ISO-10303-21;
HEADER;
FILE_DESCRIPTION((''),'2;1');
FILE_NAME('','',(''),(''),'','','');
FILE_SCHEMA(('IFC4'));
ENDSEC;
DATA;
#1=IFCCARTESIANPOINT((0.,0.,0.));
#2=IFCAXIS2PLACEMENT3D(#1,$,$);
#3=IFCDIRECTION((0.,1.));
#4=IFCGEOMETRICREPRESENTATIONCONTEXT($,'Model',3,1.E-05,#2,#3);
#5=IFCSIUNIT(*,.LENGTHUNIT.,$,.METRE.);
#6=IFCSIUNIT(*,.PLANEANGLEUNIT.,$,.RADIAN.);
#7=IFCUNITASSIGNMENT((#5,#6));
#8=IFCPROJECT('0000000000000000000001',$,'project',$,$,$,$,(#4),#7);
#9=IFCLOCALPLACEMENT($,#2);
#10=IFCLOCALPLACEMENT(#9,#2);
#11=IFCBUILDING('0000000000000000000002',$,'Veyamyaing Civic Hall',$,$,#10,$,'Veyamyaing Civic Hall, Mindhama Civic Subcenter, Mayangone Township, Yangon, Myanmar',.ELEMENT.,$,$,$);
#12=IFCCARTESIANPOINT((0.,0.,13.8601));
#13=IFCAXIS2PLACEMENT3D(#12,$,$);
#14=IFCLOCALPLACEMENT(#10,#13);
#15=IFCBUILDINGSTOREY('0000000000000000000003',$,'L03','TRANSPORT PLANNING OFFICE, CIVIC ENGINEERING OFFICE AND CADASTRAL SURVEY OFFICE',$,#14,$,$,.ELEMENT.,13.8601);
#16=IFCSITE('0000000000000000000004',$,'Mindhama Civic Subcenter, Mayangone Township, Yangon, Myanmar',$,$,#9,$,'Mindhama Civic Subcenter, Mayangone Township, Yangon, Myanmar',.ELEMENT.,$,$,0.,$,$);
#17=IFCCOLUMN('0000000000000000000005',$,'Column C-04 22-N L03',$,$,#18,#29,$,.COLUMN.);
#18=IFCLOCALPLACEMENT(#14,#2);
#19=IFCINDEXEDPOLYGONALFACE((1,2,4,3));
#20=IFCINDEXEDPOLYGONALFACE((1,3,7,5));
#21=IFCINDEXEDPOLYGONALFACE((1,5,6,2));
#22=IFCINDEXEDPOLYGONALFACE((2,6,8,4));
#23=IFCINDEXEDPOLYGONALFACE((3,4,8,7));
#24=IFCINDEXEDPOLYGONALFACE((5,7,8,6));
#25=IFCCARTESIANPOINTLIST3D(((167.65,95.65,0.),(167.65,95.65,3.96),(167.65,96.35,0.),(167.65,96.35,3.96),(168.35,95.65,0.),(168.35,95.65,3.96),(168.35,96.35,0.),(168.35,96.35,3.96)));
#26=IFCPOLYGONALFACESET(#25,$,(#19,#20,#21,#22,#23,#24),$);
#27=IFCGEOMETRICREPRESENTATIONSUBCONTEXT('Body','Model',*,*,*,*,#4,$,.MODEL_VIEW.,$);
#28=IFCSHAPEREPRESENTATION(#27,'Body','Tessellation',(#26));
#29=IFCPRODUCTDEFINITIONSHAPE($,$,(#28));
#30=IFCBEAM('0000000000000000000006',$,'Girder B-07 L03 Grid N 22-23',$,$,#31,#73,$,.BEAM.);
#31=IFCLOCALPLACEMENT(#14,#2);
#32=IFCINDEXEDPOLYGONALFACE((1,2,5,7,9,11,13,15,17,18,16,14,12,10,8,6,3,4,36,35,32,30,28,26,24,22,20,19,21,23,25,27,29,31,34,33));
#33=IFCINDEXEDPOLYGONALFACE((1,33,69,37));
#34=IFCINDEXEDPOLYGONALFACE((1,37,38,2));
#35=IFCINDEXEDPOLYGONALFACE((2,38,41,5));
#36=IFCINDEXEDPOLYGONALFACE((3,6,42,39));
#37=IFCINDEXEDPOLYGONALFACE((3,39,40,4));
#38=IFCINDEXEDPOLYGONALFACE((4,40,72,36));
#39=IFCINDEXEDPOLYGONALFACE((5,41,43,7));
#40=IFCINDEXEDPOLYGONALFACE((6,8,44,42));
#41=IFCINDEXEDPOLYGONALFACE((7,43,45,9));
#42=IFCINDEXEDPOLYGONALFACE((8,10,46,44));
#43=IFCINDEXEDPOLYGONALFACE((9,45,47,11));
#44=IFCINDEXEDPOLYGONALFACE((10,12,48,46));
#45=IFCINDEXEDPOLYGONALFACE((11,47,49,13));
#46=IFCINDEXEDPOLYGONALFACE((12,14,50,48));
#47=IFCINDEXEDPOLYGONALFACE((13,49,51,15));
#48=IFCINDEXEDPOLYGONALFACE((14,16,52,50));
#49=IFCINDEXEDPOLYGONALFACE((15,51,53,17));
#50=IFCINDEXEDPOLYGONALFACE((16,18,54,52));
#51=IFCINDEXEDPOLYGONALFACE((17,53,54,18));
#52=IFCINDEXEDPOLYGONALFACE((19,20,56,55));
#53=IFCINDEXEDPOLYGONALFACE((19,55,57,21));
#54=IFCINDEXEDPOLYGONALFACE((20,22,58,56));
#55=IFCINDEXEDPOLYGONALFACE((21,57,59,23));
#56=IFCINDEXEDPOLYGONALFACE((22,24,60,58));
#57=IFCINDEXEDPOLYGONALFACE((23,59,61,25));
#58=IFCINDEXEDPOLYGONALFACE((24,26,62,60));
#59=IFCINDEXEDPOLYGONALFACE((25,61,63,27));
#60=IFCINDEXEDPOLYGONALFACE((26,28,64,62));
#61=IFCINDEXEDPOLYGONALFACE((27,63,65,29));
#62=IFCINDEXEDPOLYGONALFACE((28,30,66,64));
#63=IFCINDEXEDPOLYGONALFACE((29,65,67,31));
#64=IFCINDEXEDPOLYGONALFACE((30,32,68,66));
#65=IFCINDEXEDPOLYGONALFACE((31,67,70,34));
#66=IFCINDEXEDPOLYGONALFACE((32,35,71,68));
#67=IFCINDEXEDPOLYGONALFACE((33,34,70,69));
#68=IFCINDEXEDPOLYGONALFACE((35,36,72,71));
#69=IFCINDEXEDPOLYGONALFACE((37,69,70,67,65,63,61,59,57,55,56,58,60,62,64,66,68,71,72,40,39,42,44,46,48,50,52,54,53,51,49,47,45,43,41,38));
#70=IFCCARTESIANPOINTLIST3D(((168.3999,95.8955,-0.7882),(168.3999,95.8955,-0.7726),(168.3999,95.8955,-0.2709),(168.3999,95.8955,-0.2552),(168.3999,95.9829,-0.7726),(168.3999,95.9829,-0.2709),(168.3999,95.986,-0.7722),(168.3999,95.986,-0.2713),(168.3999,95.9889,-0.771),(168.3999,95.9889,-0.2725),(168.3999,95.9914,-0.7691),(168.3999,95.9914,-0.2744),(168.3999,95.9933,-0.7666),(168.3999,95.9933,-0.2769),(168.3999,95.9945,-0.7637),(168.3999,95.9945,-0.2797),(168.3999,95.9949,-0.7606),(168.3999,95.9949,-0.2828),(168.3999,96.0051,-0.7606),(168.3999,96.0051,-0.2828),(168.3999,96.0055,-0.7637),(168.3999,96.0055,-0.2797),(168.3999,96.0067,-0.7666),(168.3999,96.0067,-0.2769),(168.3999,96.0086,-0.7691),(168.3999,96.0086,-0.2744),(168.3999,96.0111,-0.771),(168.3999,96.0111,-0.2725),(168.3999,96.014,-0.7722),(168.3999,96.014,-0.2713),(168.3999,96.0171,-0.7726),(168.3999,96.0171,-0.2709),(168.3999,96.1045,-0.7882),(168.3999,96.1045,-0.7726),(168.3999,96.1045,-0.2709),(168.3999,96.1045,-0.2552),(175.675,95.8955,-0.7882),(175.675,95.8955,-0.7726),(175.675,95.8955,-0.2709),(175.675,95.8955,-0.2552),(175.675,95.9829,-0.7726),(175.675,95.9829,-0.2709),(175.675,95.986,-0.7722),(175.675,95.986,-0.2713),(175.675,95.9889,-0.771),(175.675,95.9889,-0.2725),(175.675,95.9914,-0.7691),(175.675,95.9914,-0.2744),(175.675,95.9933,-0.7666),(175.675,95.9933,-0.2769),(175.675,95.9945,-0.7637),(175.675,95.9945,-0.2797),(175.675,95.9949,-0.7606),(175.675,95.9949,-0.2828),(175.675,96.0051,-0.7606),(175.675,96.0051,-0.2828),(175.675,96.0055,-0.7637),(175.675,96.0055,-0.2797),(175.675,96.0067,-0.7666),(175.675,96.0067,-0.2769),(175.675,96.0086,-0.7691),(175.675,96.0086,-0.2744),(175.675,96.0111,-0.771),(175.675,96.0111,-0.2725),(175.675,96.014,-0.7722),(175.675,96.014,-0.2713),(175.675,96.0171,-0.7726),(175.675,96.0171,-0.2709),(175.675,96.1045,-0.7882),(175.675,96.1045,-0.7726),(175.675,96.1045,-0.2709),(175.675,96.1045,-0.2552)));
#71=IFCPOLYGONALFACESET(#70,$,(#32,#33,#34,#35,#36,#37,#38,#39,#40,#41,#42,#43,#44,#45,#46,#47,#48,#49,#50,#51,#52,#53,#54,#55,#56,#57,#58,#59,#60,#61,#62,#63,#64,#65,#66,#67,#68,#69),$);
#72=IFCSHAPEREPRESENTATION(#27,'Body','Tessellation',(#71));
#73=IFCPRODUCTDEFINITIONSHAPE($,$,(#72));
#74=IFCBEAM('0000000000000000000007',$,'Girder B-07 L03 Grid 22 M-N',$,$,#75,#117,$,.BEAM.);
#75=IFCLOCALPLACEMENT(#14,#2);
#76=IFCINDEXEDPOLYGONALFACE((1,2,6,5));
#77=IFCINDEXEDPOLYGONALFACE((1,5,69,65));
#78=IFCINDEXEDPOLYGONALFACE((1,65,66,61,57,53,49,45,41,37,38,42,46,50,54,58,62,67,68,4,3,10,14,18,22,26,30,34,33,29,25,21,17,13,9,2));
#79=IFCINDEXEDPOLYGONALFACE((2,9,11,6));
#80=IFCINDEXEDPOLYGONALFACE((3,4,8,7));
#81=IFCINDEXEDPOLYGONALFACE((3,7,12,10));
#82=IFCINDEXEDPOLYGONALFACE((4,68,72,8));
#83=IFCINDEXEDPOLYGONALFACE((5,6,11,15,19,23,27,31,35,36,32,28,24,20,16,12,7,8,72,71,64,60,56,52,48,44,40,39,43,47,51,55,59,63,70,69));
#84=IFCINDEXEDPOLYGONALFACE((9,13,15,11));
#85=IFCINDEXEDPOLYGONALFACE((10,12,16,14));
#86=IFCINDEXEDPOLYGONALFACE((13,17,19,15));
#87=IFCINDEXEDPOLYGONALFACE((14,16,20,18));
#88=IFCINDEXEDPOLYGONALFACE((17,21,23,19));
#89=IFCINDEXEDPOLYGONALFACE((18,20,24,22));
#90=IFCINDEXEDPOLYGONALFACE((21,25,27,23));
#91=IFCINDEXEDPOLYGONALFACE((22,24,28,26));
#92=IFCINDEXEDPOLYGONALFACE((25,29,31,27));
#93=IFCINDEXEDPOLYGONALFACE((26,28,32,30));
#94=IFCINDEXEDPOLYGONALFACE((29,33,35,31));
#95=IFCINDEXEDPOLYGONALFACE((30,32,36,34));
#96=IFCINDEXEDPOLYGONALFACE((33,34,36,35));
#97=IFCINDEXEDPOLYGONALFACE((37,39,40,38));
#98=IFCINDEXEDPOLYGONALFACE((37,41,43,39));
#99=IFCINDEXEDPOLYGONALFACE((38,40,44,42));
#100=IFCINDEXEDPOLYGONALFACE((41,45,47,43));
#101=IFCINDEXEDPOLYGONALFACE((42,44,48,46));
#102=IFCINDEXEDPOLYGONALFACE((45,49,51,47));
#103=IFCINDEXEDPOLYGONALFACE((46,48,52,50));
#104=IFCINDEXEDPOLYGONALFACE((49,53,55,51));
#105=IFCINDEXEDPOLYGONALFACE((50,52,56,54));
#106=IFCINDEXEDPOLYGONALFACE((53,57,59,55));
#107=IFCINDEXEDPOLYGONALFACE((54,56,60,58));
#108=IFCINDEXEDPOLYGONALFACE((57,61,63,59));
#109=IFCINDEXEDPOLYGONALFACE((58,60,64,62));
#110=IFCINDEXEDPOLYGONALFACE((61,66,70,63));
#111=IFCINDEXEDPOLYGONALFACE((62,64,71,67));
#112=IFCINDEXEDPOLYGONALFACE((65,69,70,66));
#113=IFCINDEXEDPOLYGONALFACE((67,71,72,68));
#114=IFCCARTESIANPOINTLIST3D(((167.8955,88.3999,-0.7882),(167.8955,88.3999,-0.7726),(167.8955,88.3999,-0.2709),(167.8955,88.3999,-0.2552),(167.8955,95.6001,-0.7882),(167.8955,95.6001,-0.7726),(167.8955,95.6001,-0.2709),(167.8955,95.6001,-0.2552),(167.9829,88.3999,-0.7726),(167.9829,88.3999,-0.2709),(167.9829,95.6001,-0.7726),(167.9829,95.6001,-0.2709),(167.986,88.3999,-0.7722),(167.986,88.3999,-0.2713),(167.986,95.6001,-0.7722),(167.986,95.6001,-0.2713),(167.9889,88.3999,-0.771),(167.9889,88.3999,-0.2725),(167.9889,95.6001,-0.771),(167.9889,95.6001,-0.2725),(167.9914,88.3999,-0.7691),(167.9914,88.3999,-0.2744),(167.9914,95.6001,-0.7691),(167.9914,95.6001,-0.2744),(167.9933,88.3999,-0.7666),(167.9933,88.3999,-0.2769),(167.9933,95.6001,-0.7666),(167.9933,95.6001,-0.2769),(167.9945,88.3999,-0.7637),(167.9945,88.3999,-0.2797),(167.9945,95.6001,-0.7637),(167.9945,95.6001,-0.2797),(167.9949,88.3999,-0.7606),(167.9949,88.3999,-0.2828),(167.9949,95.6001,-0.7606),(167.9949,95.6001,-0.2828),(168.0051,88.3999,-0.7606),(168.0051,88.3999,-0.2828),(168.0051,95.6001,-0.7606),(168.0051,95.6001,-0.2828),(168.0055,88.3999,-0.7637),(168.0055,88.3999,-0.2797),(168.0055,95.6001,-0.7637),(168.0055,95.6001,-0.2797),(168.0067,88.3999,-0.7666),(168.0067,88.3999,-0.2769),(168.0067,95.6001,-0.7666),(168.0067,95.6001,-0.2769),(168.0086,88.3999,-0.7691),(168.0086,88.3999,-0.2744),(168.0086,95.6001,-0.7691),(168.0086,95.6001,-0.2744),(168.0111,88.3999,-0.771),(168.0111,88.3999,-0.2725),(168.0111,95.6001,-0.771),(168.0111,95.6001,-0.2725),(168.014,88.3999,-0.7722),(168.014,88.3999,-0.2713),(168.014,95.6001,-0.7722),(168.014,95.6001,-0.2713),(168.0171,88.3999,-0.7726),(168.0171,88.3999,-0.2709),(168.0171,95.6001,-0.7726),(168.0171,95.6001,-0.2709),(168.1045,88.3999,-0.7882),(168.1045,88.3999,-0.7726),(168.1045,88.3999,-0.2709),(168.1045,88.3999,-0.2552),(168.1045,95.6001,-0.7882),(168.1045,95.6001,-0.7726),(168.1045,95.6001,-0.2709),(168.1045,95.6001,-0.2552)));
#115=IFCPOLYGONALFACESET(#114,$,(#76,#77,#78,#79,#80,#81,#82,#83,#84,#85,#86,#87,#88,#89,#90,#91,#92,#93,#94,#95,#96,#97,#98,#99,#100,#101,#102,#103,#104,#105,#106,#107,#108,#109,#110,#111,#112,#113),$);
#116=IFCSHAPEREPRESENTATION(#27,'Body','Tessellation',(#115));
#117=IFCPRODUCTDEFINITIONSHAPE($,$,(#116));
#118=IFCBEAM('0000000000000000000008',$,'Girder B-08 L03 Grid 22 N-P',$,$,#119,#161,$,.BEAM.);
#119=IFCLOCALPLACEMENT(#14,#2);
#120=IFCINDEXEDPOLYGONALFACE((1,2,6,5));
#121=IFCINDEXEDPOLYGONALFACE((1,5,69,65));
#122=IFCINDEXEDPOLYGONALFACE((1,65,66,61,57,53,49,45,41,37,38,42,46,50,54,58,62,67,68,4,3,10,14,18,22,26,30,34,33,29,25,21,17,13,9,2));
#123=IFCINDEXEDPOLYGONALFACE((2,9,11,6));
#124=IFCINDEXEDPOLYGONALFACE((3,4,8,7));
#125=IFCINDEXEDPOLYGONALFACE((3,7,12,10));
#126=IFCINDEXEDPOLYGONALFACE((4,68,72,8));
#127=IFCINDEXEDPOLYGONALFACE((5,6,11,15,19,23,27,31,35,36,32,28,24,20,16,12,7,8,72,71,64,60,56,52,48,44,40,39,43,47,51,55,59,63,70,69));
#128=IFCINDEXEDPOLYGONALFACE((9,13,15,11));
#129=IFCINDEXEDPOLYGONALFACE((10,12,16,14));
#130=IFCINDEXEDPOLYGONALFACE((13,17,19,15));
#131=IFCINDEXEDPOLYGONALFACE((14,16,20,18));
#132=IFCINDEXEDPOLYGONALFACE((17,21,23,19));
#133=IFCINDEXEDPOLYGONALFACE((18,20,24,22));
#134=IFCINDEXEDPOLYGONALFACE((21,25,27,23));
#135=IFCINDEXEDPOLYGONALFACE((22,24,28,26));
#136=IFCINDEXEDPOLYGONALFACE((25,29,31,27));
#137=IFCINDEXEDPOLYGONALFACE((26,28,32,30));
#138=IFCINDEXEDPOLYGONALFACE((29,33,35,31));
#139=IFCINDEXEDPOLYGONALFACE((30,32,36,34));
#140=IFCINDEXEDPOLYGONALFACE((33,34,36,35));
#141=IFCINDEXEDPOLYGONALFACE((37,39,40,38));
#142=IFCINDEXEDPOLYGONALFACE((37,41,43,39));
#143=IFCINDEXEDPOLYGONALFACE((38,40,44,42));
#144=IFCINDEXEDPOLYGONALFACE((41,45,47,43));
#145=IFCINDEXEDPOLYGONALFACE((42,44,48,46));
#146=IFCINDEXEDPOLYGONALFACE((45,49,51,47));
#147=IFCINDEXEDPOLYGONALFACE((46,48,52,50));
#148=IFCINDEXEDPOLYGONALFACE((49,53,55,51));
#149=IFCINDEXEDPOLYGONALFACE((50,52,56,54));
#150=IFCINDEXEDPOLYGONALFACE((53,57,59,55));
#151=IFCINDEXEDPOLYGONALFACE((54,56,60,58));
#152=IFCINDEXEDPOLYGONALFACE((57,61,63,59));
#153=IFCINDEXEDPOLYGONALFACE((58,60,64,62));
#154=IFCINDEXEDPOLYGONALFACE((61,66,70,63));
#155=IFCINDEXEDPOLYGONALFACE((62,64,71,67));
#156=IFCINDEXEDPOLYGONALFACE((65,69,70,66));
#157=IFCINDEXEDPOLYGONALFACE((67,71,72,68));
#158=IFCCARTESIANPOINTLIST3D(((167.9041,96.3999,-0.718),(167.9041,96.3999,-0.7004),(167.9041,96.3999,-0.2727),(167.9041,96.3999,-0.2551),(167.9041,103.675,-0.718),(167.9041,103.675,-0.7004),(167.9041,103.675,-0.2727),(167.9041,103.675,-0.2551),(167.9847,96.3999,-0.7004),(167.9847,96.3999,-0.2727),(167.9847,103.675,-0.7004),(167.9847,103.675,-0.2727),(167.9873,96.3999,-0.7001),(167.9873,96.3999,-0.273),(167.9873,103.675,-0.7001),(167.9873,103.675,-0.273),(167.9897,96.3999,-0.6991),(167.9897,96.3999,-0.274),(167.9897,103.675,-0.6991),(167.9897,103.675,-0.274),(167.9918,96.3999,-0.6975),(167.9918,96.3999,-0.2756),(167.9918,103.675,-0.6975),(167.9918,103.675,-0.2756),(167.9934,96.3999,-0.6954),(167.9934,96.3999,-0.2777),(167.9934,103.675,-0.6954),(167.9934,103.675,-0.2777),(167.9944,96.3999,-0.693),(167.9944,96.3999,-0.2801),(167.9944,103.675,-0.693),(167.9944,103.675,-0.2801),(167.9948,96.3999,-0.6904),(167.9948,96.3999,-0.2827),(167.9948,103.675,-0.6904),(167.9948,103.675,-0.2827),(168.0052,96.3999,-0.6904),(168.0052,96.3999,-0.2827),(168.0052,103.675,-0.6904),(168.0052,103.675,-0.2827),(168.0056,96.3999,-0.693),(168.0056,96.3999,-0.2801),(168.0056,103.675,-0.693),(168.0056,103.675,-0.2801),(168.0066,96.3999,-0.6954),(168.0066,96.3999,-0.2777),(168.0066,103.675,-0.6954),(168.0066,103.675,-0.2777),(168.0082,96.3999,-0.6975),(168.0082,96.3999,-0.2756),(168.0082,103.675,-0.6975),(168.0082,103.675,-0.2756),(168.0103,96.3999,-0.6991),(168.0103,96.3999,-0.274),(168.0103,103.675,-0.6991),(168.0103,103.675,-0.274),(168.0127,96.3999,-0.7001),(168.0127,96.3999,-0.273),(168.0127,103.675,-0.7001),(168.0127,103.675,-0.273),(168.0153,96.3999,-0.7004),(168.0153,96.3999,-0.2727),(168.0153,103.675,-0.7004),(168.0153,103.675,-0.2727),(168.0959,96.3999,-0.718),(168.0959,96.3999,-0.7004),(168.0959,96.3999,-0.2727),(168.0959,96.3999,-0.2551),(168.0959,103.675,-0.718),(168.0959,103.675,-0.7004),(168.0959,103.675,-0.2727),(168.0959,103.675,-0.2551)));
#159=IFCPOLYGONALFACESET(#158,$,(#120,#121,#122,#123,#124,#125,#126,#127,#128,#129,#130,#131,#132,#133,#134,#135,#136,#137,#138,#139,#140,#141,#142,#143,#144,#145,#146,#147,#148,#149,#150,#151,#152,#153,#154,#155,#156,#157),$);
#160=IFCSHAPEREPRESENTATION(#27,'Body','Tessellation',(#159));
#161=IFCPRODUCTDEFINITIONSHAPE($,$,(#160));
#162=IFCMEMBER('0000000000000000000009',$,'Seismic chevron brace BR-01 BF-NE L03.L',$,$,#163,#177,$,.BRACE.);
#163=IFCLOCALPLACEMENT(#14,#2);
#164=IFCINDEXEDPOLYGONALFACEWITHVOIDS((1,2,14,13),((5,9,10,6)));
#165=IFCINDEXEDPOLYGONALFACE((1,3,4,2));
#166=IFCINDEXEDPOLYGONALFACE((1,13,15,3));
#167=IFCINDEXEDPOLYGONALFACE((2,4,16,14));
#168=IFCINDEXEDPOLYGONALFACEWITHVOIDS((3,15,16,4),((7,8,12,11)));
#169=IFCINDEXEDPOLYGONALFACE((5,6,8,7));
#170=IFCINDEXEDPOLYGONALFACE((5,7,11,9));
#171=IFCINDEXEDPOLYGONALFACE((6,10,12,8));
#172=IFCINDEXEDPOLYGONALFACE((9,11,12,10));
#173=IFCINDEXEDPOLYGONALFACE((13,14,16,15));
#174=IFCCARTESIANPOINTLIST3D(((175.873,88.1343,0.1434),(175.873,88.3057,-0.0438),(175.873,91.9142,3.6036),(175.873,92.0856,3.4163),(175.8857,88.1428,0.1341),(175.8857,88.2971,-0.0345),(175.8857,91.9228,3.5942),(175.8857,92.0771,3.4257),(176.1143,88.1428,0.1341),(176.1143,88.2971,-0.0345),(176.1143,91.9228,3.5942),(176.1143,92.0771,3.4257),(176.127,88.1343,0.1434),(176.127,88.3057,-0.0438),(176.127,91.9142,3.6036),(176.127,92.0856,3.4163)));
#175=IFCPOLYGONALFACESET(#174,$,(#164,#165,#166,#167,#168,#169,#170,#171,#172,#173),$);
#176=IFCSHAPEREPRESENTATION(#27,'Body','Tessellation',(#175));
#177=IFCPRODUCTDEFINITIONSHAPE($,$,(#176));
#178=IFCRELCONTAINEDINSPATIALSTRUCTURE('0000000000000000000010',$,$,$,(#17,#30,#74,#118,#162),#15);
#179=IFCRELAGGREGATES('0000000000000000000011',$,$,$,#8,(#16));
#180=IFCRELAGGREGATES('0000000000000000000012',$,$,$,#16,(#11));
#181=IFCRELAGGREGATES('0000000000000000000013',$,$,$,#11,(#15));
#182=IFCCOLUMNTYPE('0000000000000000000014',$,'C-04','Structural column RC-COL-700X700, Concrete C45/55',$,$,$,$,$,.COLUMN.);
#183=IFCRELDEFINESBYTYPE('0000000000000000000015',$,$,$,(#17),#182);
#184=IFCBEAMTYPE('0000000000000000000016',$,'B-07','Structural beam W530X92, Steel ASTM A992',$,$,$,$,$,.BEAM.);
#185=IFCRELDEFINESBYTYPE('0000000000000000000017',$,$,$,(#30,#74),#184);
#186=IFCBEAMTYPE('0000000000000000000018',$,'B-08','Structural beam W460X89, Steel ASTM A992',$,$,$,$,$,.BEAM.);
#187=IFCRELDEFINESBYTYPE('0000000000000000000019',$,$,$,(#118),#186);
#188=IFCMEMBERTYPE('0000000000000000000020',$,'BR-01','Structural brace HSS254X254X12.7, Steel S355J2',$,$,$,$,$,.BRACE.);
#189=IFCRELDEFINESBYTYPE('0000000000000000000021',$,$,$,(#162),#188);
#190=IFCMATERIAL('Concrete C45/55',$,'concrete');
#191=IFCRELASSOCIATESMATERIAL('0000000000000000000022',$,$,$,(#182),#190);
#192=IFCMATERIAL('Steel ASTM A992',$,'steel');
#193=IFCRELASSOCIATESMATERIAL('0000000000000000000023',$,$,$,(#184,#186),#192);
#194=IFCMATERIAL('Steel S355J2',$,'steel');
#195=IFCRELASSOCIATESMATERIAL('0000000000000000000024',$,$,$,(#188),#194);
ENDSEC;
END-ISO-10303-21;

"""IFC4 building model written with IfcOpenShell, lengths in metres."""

from ifc_helpers import new_model, si_unit, direction, frame, origin, origin_2d, place, context, subcontext, project, spatial, rectangle, hollow_rectangle, i_section, extrude, material, material_profile, profile_set, type_object, element, save


model = new_model("IFC4")

# Units and contexts
model_context = context("Model", 3, precision=1e-05, world=origin(), true_north=direction((0.0, 1.0)))
body_context = subcontext(model_context, "Body", "Model", "MODEL_VIEW")
ifc_project = project(units=[si_unit("LENGTHUNIT", "METRE"), si_unit("PLANEANGLEUNIT", "RADIAN")], contexts=[model_context])

# Site, building, storey
site_placement = place(None, origin())
site = spatial("IfcSite", under=ifc_project, at=site_placement, Name="Mindhama Civic Subcenter, Mayangone Township, Yangon, Myanmar", LongName="Mindhama Civic Subcenter, Mayangone Township, Yangon, Myanmar", CompositionType="ELEMENT", RefElevation=0.0)
building_placement = place(site_placement, origin())
building = spatial("IfcBuilding", under=site, at=building_placement, Name="Veyamyaing Civic Hall", LongName="Veyamyaing Civic Hall, Mindhama Civic Subcenter, Mayangone Township, Yangon, Myanmar", CompositionType="ELEMENT")
storey_placement = place(building_placement, frame((0.0, 0.0, 13.8601)))
storey = spatial("IfcBuildingStorey", under=building, at=storey_placement, Name="L03", Description="TRANSPORT PLANNING OFFICE, CIVIC ENGINEERING OFFICE AND CADASTRAL SURVEY OFFICE", CompositionType="ELEMENT", Elevation=13.8601)

# Column
ifc_material_1 = material(Name="Concrete C45/55", Category="concrete")
ifc_material_profile_1 = material_profile(ifc_material_1, rectangle(XDim=0.7, YDim=0.7, at=origin_2d()), Name="RC-COL-700X700")
ifc_profile_set_1 = profile_set([ifc_material_profile_1], Name="Concrete C45/55")
column_type = type_object("IfcColumnType", Name="C-04", Description="Structural column RC-COL-700X700, Concrete C45/55", PredefinedType="COLUMN", material=ifc_profile_set_1)
column_placement = place(storey_placement, frame((168.0, 96.0, 0.0), z_axis=(0.0, 0.0, 1.0), x_axis=(1.0, 0.0, 0.0)))
element("IfcColumn", 1, at=column_placement, inside=storey, type_object=column_type, Name="Column C-04 22-N L03", PredefinedType="COLUMN", context=body_context, shape_type="SweptSolid", body=[
    extrude(rectangle(XDim=0.7, YDim=0.7, at=origin_2d()), origin(), (0.0, 0.0, 1.0), 3.96),
])

# Beams
ifc_material_2 = material(Name="Steel ASTM A992", Category="steel")
ifc_material_profile_2 = material_profile(ifc_material_2, i_section(OverallWidth=0.209, OverallDepth=0.533, WebThickness=0.0103, FlangeThickness=0.0156, FilletRadius=0.012, at=origin_2d()), Name="W530X92")
ifc_profile_set_2 = profile_set([ifc_material_profile_2], Name="Steel ASTM A992")
beam_type_1 = type_object("IfcBeamType", Name="B-07", Description="Structural beam W530X92, Steel ASTM A992", PredefinedType="BEAM", material=ifc_profile_set_2)
beam_1_placement = place(storey_placement, frame((168.3999, 96.0, -0.5217), z_axis=(1.0, 0.0, 0.0), x_axis=(0.0, 1.0, 0.0)))
element("IfcBeam", 2, at=beam_1_placement, inside=storey, type_object=beam_type_1, Name="Girder B-07 L03 Grid N 22-23", PredefinedType="BEAM", context=body_context, shape_type="SweptSolid", body=[
    extrude(i_section(OverallWidth=0.209, OverallDepth=0.533, WebThickness=0.0103, FlangeThickness=0.0156, FilletRadius=0.012, at=origin_2d()), origin(), (0.0, 0.0, 1.0), 7.2751),
])
beam_2_placement = place(storey_placement, frame((168.0, 88.3999, -0.5217), z_axis=(0.0, 1.0, 0.0), x_axis=(-1.0, 0.0, 0.0)))
element("IfcBeam", 3, at=beam_2_placement, inside=storey, type_object=beam_type_1, Name="Girder B-07 L03 Grid 22 M-N", PredefinedType="BEAM", context=body_context, shape_type="SweptSolid", body=[
    extrude(i_section(OverallWidth=0.209, OverallDepth=0.533, WebThickness=0.0103, FlangeThickness=0.0156, FilletRadius=0.012, at=origin_2d()), origin(), (0.0, 0.0, 1.0), 7.2002),
])
ifc_material_profile_3 = material_profile(ifc_material_2, i_section(OverallWidth=0.1919, OverallDepth=0.4629, WebThickness=0.0105, FlangeThickness=0.0176, FilletRadius=0.01, at=origin_2d()), Name="W460X89")
ifc_profile_set_3 = profile_set([ifc_material_profile_3], Name="Steel ASTM A992")
beam_type_2 = type_object("IfcBeamType", Name="B-08", Description="Structural beam W460X89, Steel ASTM A992", PredefinedType="BEAM", material=ifc_profile_set_3)
beam_3_placement = place(storey_placement, frame((168.0, 96.3999, -0.4866), z_axis=(0.0, 1.0, 0.0), x_axis=(-1.0, 0.0, 0.0)))
element("IfcBeam", 4, at=beam_3_placement, inside=storey, type_object=beam_type_2, Name="Girder B-08 L03 Grid 22 N-P", PredefinedType="BEAM", context=body_context, shape_type="SweptSolid", body=[
    extrude(i_section(OverallWidth=0.1919, OverallDepth=0.4629, WebThickness=0.0105, FlangeThickness=0.0176, FilletRadius=0.01, at=origin_2d()), origin(), (0.0, 0.0, 1.0), 7.2751),
])

# Member
ifc_material_3 = material(Name="Steel S355J2", Category="steel")
ifc_material_profile_4 = material_profile(ifc_material_3, hollow_rectangle(XDim=0.2539, YDim=0.2539, WallThickness=0.0127, at=origin_2d()), Name="HSS254X254X12.7")
ifc_profile_set_4 = profile_set([ifc_material_profile_4], Name="Steel S355J2")
member_type = type_object("IfcMemberType", Name="BR-01", Description="Structural brace HSS254X254X12.7, Steel S355J2", PredefinedType="BRACE", material=ifc_profile_set_4)
member_placement = place(storey_placement, frame((176.0, 88.22, 0.0498), z_axis=(0.0, 0.737623, 0.675213), x_axis=(-1.0, 0.0, 0.0)))
element("IfcMember", 5, at=member_placement, inside=storey, type_object=member_type, Name="Seismic chevron brace BR-01 BF-NE L03.L", PredefinedType="BRACE", context=body_context, shape_type="SweptSolid", body=[
    extrude(hollow_rectangle(XDim=0.2539, YDim=0.2539, WallThickness=0.0127, at=origin_2d()), origin(), (0.0, 0.0, 1.0), 5.1245),
])

save(model, "model.ifc")
